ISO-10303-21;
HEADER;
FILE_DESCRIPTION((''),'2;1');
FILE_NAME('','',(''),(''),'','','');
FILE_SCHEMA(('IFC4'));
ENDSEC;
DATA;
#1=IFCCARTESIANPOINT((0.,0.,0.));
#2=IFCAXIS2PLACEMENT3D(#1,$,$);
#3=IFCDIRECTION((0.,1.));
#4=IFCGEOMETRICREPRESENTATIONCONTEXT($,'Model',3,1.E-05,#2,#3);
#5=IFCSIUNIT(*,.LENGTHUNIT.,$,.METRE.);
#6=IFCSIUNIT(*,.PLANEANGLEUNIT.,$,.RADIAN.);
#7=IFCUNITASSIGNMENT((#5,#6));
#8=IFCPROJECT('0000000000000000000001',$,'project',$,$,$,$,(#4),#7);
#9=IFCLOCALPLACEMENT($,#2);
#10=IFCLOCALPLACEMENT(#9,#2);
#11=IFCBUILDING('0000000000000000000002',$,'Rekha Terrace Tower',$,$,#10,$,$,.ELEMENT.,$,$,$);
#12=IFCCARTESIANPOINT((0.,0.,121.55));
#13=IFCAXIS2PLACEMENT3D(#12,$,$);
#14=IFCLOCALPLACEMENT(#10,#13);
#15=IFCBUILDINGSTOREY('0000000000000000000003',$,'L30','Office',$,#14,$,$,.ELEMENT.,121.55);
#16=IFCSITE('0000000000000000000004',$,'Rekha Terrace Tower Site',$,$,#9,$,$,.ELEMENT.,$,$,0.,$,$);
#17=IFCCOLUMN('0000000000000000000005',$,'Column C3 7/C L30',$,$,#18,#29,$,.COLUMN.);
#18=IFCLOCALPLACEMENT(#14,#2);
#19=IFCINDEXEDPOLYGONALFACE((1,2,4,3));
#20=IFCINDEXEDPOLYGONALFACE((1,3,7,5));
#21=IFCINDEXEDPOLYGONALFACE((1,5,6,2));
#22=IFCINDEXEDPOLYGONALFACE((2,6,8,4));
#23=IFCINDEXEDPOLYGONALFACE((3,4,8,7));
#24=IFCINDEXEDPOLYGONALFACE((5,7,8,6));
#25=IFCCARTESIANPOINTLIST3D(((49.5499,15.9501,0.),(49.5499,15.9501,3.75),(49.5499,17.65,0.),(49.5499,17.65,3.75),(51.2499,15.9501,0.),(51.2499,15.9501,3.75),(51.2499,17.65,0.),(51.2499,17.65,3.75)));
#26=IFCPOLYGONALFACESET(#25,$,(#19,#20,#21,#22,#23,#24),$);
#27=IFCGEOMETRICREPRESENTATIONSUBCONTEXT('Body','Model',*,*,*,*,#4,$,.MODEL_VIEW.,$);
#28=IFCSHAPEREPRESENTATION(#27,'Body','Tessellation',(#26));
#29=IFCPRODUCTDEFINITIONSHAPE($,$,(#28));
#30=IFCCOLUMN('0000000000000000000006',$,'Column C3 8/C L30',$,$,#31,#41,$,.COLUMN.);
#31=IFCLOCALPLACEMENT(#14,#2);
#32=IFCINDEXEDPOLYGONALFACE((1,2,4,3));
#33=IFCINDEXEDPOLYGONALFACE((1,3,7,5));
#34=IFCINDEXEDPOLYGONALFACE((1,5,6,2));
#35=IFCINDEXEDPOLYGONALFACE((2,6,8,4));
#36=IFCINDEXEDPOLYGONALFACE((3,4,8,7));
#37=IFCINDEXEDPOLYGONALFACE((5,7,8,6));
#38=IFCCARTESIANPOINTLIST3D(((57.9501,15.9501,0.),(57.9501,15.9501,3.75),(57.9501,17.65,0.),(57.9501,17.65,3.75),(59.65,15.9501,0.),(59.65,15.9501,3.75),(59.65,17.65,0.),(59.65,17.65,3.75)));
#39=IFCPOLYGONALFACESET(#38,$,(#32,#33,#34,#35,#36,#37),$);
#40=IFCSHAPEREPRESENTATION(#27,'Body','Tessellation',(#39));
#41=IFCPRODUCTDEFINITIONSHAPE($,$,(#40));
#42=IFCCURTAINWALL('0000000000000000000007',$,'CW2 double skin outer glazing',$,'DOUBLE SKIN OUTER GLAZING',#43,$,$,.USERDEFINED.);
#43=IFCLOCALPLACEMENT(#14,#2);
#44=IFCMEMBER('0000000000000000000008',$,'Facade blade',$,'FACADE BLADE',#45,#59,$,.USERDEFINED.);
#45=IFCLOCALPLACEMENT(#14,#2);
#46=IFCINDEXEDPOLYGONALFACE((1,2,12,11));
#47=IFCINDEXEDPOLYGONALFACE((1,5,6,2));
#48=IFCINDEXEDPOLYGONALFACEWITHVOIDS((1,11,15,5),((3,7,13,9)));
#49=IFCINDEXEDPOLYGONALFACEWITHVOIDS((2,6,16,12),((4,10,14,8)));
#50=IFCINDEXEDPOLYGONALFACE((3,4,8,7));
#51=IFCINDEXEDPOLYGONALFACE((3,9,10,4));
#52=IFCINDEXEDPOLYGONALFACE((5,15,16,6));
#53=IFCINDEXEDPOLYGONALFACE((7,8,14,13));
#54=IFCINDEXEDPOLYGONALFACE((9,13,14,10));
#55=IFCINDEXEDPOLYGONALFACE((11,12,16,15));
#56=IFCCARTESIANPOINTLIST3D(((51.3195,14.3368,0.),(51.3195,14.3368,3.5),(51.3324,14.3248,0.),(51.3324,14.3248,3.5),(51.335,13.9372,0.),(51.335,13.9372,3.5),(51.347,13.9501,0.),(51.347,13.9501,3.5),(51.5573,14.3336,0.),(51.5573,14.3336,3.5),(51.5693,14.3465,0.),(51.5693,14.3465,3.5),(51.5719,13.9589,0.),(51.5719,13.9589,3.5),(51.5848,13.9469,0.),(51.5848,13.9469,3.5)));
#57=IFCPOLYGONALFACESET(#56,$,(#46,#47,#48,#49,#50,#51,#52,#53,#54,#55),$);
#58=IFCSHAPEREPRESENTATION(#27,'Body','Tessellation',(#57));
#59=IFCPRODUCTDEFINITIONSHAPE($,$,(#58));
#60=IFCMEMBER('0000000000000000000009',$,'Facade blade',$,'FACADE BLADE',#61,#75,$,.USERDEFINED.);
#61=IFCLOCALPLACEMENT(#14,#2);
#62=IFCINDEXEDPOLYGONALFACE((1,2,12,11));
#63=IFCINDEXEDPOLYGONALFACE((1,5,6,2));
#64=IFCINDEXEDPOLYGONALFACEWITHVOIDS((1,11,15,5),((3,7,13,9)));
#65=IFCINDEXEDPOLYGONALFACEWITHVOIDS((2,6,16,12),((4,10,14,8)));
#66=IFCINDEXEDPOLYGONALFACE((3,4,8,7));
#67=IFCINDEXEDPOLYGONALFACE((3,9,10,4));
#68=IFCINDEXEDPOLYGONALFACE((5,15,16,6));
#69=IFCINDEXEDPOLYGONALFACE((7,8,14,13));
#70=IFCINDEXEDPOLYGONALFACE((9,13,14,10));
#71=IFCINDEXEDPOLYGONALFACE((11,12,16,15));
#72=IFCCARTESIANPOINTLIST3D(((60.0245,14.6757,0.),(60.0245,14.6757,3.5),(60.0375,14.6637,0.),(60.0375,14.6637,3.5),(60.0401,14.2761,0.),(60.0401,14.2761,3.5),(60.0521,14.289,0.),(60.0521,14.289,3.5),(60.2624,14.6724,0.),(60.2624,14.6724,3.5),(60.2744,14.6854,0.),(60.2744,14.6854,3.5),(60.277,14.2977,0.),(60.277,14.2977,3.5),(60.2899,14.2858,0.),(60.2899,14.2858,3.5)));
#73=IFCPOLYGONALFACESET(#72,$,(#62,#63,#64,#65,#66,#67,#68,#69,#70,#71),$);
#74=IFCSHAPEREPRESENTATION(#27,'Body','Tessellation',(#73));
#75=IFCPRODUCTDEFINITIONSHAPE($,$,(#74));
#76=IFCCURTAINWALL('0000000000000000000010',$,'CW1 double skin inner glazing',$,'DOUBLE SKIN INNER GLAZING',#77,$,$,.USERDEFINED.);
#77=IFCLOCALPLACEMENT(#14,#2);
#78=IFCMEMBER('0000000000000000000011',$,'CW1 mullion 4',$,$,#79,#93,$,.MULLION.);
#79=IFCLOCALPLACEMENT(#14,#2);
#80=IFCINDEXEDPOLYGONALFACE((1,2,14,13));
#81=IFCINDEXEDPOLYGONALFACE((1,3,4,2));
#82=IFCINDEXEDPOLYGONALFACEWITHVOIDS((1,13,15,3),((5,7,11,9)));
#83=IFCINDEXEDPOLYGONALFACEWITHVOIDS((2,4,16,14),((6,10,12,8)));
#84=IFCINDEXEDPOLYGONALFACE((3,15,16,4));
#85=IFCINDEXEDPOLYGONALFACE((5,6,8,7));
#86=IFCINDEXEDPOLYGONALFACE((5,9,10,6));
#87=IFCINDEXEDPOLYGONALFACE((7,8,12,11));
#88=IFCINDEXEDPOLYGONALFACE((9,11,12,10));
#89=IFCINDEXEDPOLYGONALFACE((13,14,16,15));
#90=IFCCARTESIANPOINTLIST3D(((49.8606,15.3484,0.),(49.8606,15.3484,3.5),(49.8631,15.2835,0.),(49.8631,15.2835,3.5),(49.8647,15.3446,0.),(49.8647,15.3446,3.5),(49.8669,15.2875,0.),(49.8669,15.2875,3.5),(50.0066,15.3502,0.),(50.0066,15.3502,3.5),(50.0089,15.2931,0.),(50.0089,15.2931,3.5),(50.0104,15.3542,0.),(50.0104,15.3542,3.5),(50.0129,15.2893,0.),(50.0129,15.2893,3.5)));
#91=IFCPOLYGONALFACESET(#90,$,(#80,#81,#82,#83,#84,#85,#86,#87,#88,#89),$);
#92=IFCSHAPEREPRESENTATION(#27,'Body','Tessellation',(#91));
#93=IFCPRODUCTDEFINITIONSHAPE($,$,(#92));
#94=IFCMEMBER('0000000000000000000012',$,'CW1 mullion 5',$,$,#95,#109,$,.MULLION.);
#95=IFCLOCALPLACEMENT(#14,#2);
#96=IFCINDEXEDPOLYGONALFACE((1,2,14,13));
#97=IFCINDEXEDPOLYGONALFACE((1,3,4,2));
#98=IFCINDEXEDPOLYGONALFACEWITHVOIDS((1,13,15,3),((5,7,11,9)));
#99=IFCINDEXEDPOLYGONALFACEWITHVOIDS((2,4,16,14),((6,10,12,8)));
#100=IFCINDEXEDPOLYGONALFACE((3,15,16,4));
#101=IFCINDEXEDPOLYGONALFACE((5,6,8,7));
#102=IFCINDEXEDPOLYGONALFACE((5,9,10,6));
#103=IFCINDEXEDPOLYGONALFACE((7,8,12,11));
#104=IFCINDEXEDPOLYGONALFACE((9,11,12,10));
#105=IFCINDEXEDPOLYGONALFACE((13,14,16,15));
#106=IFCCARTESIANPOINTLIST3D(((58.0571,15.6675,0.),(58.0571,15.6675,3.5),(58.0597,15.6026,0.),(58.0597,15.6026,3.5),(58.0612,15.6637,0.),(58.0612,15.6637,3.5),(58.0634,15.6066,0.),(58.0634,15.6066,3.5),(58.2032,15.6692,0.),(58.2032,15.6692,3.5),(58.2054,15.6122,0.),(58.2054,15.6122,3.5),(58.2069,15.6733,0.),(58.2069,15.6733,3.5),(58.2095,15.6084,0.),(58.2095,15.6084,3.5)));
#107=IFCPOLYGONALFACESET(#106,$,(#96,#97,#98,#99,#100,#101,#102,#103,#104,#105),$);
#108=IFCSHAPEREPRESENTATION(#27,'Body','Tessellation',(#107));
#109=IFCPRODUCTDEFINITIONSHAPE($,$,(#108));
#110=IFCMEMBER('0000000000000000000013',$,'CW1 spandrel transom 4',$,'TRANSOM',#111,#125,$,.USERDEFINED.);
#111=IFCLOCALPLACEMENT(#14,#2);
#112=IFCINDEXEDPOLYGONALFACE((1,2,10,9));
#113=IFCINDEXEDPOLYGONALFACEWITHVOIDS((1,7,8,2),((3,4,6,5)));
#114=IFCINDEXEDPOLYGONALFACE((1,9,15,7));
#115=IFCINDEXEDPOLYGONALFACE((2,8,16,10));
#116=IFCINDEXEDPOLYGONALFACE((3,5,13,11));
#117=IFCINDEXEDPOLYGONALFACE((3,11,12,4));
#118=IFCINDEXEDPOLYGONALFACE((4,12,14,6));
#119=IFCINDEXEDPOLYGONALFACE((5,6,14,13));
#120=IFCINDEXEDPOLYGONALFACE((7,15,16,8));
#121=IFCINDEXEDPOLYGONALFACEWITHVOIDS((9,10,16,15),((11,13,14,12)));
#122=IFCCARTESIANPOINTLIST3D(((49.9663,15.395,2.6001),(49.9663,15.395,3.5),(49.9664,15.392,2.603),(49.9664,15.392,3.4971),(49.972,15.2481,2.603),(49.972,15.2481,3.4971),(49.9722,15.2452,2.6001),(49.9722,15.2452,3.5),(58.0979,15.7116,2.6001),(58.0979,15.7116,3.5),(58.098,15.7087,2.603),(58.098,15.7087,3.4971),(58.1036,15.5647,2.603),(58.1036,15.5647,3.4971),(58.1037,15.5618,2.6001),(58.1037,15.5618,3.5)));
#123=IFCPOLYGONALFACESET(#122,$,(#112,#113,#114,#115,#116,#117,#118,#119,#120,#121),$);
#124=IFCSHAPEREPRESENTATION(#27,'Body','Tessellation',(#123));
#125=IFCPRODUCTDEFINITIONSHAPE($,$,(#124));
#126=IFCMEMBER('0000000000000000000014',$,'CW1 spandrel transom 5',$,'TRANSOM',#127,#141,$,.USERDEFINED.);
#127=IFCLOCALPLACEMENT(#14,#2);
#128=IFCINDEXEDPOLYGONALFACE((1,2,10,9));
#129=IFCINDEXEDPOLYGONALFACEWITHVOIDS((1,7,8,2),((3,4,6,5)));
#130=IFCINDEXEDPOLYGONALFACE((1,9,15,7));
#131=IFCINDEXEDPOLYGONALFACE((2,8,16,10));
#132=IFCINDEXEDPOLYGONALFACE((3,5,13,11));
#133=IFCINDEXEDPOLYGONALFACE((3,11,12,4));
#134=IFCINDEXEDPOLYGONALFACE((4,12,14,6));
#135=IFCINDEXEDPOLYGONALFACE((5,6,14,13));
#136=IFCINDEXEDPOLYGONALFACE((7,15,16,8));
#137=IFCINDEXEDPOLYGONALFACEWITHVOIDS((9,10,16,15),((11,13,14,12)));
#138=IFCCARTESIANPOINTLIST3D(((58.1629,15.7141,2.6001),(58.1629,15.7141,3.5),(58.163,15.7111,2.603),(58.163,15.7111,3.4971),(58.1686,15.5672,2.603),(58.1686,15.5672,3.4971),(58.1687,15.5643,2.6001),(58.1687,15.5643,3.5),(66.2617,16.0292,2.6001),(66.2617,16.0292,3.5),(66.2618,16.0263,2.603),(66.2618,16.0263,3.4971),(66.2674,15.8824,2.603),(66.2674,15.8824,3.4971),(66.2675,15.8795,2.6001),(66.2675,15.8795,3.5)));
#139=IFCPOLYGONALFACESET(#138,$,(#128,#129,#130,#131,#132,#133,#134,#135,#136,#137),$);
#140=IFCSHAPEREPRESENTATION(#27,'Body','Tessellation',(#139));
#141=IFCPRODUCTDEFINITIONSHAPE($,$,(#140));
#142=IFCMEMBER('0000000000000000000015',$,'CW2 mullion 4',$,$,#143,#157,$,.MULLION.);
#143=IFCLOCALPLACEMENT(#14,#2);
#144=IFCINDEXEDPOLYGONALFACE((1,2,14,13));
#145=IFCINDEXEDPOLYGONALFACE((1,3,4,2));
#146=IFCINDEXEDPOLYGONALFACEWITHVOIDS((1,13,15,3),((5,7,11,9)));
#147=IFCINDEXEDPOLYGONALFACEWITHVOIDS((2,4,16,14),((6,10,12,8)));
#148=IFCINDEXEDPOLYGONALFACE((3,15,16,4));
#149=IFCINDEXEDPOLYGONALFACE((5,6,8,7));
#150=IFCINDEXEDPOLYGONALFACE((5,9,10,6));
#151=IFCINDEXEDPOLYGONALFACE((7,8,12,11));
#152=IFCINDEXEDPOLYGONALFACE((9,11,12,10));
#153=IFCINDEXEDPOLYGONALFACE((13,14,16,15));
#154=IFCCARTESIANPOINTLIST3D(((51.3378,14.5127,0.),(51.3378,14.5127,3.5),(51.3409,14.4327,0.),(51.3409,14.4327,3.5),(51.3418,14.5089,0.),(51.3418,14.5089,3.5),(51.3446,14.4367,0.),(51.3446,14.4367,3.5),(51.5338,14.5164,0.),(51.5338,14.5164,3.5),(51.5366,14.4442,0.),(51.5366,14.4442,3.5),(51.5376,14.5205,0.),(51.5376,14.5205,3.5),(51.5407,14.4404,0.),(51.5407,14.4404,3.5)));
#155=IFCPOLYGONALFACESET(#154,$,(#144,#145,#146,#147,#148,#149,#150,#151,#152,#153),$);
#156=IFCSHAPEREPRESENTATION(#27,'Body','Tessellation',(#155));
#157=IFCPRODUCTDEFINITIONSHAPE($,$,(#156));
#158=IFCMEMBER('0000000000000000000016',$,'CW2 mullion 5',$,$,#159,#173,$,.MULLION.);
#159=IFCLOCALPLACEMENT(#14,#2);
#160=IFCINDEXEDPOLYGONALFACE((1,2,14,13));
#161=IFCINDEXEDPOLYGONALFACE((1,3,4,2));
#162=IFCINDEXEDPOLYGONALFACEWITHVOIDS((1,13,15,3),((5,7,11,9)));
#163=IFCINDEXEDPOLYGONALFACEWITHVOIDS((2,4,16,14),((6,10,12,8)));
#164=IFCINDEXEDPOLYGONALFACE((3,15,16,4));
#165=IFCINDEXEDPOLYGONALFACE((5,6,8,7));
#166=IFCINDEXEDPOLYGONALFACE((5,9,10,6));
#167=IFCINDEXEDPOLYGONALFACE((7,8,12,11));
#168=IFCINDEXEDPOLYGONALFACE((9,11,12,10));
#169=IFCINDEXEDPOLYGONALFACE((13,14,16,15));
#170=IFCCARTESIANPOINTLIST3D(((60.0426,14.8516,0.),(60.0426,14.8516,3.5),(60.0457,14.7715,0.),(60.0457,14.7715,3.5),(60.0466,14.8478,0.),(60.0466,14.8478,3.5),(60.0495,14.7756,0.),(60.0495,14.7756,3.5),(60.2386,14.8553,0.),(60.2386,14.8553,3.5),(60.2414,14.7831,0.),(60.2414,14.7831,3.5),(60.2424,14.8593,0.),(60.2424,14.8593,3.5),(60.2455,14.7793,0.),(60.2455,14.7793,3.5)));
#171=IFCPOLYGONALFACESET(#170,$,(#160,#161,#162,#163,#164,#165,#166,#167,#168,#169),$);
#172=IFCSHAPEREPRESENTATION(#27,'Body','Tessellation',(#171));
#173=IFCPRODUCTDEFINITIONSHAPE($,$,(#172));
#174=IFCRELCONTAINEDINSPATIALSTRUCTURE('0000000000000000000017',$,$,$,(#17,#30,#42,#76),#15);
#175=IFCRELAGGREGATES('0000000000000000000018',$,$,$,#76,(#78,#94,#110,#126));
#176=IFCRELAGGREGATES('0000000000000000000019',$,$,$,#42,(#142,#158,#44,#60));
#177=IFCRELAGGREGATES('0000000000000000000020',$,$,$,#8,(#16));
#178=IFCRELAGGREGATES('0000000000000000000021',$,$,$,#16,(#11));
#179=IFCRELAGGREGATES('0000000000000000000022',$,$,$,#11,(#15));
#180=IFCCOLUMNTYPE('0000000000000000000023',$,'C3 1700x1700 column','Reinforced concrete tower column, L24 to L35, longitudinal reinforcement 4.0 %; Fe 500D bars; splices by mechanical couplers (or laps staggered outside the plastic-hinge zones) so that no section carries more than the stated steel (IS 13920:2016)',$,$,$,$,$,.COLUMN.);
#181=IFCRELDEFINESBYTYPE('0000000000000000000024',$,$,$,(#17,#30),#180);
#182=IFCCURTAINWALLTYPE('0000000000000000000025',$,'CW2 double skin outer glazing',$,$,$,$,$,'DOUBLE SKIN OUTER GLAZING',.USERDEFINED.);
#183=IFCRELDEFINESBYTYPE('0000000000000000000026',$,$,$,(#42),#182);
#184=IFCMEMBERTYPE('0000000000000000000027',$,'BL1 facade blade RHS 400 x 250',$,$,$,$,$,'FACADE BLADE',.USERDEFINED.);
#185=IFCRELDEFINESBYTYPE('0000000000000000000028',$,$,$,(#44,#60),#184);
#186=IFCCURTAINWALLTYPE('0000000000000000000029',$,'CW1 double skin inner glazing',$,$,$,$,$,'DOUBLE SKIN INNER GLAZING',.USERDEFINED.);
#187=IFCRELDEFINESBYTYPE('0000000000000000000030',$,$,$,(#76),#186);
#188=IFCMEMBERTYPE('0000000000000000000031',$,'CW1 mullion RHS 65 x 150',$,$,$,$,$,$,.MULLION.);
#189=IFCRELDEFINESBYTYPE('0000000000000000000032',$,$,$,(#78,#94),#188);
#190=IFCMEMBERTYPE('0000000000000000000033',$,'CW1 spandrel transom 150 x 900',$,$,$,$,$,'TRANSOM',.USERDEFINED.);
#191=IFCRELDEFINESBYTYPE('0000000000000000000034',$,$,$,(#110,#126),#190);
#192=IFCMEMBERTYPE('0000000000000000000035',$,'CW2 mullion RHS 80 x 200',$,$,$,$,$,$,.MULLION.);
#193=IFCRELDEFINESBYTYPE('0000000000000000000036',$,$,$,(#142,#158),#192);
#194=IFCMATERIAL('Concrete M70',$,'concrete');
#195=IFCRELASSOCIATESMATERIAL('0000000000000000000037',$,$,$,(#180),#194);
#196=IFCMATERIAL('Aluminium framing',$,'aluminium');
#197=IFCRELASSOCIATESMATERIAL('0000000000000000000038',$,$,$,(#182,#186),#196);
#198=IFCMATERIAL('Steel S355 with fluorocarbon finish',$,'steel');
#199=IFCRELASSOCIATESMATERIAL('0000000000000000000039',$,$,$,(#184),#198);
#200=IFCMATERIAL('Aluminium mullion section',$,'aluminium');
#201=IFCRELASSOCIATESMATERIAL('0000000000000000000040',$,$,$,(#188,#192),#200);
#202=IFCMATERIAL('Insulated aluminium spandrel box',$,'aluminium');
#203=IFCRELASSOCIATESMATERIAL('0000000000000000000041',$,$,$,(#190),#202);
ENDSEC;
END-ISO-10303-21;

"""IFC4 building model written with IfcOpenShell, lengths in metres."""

from ifc_helpers import new_model, si_unit, direction, frame, origin, origin_2d, place, context, subcontext, project, spatial, rectangle, hollow_rectangle, extrude, material, material_profile, profile_set, type_object, element, aggregate, save


model = new_model("IFC4")

# Units and contexts
model_context = context("Model", 3, precision=1e-05, world=origin(), true_north=direction((0.0, 1.0)))
body_context = subcontext(model_context, "Body", "Model", "MODEL_VIEW")
ifc_project = project(units=[si_unit("LENGTHUNIT", "METRE"), si_unit("PLANEANGLEUNIT", "RADIAN")], contexts=[model_context])

# Site, building, storey
site_placement = place(None, origin())
site = spatial("IfcSite", under=ifc_project, at=site_placement, Name="Rekha Terrace Tower Site", CompositionType="ELEMENT", RefElevation=0.0)
building_placement = place(site_placement, origin())
building = spatial("IfcBuilding", under=site, at=building_placement, Name="Rekha Terrace Tower", CompositionType="ELEMENT")
storey_placement = place(building_placement, frame((0.0, 0.0, 121.55)))
storey = spatial("IfcBuildingStorey", under=building, at=storey_placement, Name="L30", Description="Office", CompositionType="ELEMENT", Elevation=121.55)

# Columns
ifc_material_1 = material(Name="Concrete M70", Category="concrete")
ifc_material_profile_1 = material_profile(ifc_material_1, rectangle(XDim=1.7, YDim=1.7, at=origin_2d()), Name="RC 1700x1700")
ifc_profile_set_1 = profile_set([ifc_material_profile_1], Name="Concrete M70")
column_type = type_object("IfcColumnType", Name="C3 1700x1700 column", Description="Reinforced concrete tower column, L24 to L35, longitudinal reinforcement 4.0 %; Fe 500D bars; splices by mechanical couplers (or laps staggered outside the plastic-hinge zones) so that no section carries more than the stated steel (IS 13920:2016)", PredefinedType="COLUMN", material=ifc_profile_set_1)
for number, where, z_axis, x_axis, name in (
    (1, (50.3999, 16.8, 0.0), (0.0, 0.0, 1.0), (1.0, 0.0, 0.0), "Column C3 7/C L30"),
    (2, (58.8, 16.8, 0.0), (0.0, 0.0, 1.0), (1.0, 0.0, 0.0), "Column C3 8/C L30"),
):
    element("IfcColumn", number, at=place(storey_placement, frame(where, z_axis=z_axis, x_axis=x_axis)), inside=storey, type_object=column_type, Name=name, PredefinedType="COLUMN", context=body_context, shape_type="SweptSolid", body=[
        extrude(rectangle(XDim=1.7, YDim=1.7, at=origin_2d()), origin(), (0.0, 0.0, 1.0), 3.75),
    ])

# Curtain walls, members
ifc_material_2 = material(Name="Aluminium framing", Category="aluminium")
curtain_wall_type_1 = type_object("IfcCurtainWallType", Name="CW2 double skin outer glazing", ElementType="DOUBLE SKIN OUTER GLAZING", PredefinedType="USERDEFINED", material=ifc_material_2)
curtain_wall_1_placement = place(storey_placement, origin())
curtain_wall_1 = element("IfcCurtainWall", 3, at=curtain_wall_1_placement, inside=storey, type_object=curtain_wall_type_1, Name="CW2 double skin outer glazing", ObjectType="DOUBLE SKIN OUTER GLAZING", PredefinedType="USERDEFINED")
ifc_material_3 = material(Name="Steel S355 with fluorocarbon finish", Category="steel")
ifc_material_profile_2 = material_profile(ifc_material_3, hollow_rectangle(XDim=0.25, YDim=0.3999, WallThickness=0.0125, at=origin_2d()), Name="RHS400x250x12.5")
ifc_profile_set_2 = profile_set([ifc_material_profile_2], Name="Steel S355 with fluorocarbon finish")
member_type_1 = type_object("IfcMemberType", Name="BL1 facade blade RHS 400 x 250", ElementType="FACADE BLADE", PredefinedType="USERDEFINED", material=ifc_profile_set_2)
member_1_placement = place(storey_placement, frame((51.4521, 14.1418, 0.0), z_axis=(0.0, 0.0, 1.0), x_axis=(0.999243, 0.03889, 0.0)))
member_1 = element("IfcMember", 4, at=member_1_placement, type_object=member_type_1, Name="Facade blade", ObjectType="FACADE BLADE", PredefinedType="USERDEFINED", context=body_context, shape_type="SweptSolid", body=[
    extrude(hollow_rectangle(XDim=0.25, YDim=0.3999, WallThickness=0.0125, at=origin_2d()), origin(), (0.0, 0.0, 1.0), 3.5),
])
member_2_placement = place(storey_placement, frame((60.1572, 14.4807, 0.0), z_axis=(0.0, 0.0, 1.0), x_axis=(0.999243, 0.03889, 0.0)))
member_2 = element("IfcMember", 5, at=member_2_placement, type_object=member_type_1, Name="Facade blade", ObjectType="FACADE BLADE", PredefinedType="USERDEFINED", context=body_context, shape_type="SweptSolid", body=[
    extrude(hollow_rectangle(XDim=0.25, YDim=0.3999, WallThickness=0.0125, at=origin_2d()), origin(), (0.0, 0.0, 1.0), 3.5),
])
curtain_wall_type_2 = type_object("IfcCurtainWallType", Name="CW1 double skin inner glazing", ElementType="DOUBLE SKIN INNER GLAZING", PredefinedType="USERDEFINED", material=ifc_material_2)
curtain_wall_2_placement = place(storey_placement, origin())
curtain_wall_2 = element("IfcCurtainWall", 6, at=curtain_wall_2_placement, inside=storey, type_object=curtain_wall_type_2, Name="CW1 double skin inner glazing", ObjectType="DOUBLE SKIN INNER GLAZING", PredefinedType="USERDEFINED")
ifc_material_4 = material(Name="Aluminium mullion section", Category="aluminium")
ifc_material_profile_3 = material_profile(ifc_material_4, hollow_rectangle(XDim=0.0649, YDim=0.1499, WallThickness=0.0039, at=origin_2d()), Name="AL RHS 65x150")
ifc_profile_set_3 = profile_set([ifc_material_profile_3], Name="Aluminium mullion section")
member_type_2 = type_object("IfcMemberType", Name="CW1 mullion RHS 65 x 150", PredefinedType="MULLION", material=ifc_profile_set_3)
member_3_placement = place(storey_placement, frame((49.9368, 15.3188, 0.0), z_axis=(0.0, 0.0, 1.0), x_axis=(-0.03889, 0.999243, 0.0)))
member_3 = element("IfcMember", 7, at=member_3_placement, type_object=member_type_2, Name="CW1 mullion 4", PredefinedType="MULLION", context=body_context, shape_type="SweptSolid", body=[
    extrude(hollow_rectangle(XDim=0.0649, YDim=0.1499, WallThickness=0.0039, at=origin_2d()), origin(), (0.0, 0.0, 1.0), 3.5),
])
member_4_placement = place(storey_placement, frame((58.1333, 15.6379, 0.0), z_axis=(0.0, 0.0, 1.0), x_axis=(-0.03889, 0.999243, 0.0)))
member_4 = element("IfcMember", 8, at=member_4_placement, type_object=member_type_2, Name="CW1 mullion 5", PredefinedType="MULLION", context=body_context, shape_type="SweptSolid", body=[
    extrude(hollow_rectangle(XDim=0.0649, YDim=0.1499, WallThickness=0.0039, at=origin_2d()), origin(), (0.0, 0.0, 1.0), 3.5),
])
ifc_material_5 = material(Name="Insulated aluminium spandrel box", Category="aluminium")
ifc_material_profile_4 = material_profile(ifc_material_5, hollow_rectangle(XDim=0.1499, YDim=0.8999, WallThickness=0.0029, at=origin_2d()), Name="AL SPANDREL BOX 150x900")
ifc_profile_set_4 = profile_set([ifc_material_profile_4], Name="Insulated aluminium spandrel box")
member_type_3 = type_object("IfcMemberType", Name="CW1 spandrel transom 150 x 900", ElementType="TRANSOM", PredefinedType="USERDEFINED", material=ifc_profile_set_4)
member_5_placement = place(storey_placement, frame((49.9692, 15.3201, 3.05), z_axis=(0.999243, 0.038911, 0.0), x_axis=(-0.038911, 0.999243, 0.0)))
member_5 = element("IfcMember", 9, at=member_5_placement, type_object=member_type_3, Name="CW1 spandrel transom 4", ObjectType="TRANSOM", PredefinedType="USERDEFINED", context=body_context, shape_type="SweptSolid", body=[
    extrude(hollow_rectangle(XDim=0.1499, YDim=0.8999, WallThickness=0.0029, at=origin_2d()), origin(), (0.0, 0.0, 1.0), 8.1377),
])
member_6_placement = place(storey_placement, frame((58.1658, 15.6392, 3.05), z_axis=(0.999244, 0.038888, 0.0), x_axis=(-0.038888, 0.999244, 0.0)))
member_6 = element("IfcMember", 10, at=member_6_placement, type_object=member_type_3, Name="CW1 spandrel transom 5", ObjectType="TRANSOM", PredefinedType="USERDEFINED", context=body_context, shape_type="SweptSolid", body=[
    extrude(hollow_rectangle(XDim=0.1499, YDim=0.8999, WallThickness=0.0029, at=origin_2d()), origin(), (0.0, 0.0, 1.0), 8.105),
])

# Members
ifc_material_profile_5 = material_profile(ifc_material_4, hollow_rectangle(XDim=0.0801, YDim=0.2, WallThickness=0.0039, at=origin_2d()), Name="AL RHS 80x200")
ifc_profile_set_5 = profile_set([ifc_material_profile_5], Name="Aluminium mullion section")
member_type_4 = type_object("IfcMemberType", Name="CW2 mullion RHS 80 x 200", PredefinedType="MULLION", material=ifc_profile_set_5)
member_7_placement = place(storey_placement, frame((51.4392, 14.4766, 0.0), z_axis=(0.0, 0.0, 1.0), x_axis=(-0.03889, 0.999243, 0.0)))
member_7 = element("IfcMember", 11, at=member_7_placement, type_object=member_type_4, Name="CW2 mullion 4", PredefinedType="MULLION", context=body_context, shape_type="SweptSolid", body=[
    extrude(hollow_rectangle(XDim=0.0801, YDim=0.2, WallThickness=0.0039, at=origin_2d()), origin(), (0.0, 0.0, 1.0), 3.5),
])
member_8_placement = place(storey_placement, frame((60.144, 14.8154, 0.0), z_axis=(0.0, 0.0, 1.0), x_axis=(-0.03889, 0.999243, 0.0)))
member_8 = element("IfcMember", 12, at=member_8_placement, type_object=member_type_4, Name="CW2 mullion 5", PredefinedType="MULLION", context=body_context, shape_type="SweptSolid", body=[
    extrude(hollow_rectangle(XDim=0.0801, YDim=0.2, WallThickness=0.0039, at=origin_2d()), origin(), (0.0, 0.0, 1.0), 3.5),
])

aggregate(curtain_wall_2, [member_3, member_4, member_5, member_6])
aggregate(curtain_wall_1, [member_7, member_8, member_1, member_2])

save(model, "model.ifc")
